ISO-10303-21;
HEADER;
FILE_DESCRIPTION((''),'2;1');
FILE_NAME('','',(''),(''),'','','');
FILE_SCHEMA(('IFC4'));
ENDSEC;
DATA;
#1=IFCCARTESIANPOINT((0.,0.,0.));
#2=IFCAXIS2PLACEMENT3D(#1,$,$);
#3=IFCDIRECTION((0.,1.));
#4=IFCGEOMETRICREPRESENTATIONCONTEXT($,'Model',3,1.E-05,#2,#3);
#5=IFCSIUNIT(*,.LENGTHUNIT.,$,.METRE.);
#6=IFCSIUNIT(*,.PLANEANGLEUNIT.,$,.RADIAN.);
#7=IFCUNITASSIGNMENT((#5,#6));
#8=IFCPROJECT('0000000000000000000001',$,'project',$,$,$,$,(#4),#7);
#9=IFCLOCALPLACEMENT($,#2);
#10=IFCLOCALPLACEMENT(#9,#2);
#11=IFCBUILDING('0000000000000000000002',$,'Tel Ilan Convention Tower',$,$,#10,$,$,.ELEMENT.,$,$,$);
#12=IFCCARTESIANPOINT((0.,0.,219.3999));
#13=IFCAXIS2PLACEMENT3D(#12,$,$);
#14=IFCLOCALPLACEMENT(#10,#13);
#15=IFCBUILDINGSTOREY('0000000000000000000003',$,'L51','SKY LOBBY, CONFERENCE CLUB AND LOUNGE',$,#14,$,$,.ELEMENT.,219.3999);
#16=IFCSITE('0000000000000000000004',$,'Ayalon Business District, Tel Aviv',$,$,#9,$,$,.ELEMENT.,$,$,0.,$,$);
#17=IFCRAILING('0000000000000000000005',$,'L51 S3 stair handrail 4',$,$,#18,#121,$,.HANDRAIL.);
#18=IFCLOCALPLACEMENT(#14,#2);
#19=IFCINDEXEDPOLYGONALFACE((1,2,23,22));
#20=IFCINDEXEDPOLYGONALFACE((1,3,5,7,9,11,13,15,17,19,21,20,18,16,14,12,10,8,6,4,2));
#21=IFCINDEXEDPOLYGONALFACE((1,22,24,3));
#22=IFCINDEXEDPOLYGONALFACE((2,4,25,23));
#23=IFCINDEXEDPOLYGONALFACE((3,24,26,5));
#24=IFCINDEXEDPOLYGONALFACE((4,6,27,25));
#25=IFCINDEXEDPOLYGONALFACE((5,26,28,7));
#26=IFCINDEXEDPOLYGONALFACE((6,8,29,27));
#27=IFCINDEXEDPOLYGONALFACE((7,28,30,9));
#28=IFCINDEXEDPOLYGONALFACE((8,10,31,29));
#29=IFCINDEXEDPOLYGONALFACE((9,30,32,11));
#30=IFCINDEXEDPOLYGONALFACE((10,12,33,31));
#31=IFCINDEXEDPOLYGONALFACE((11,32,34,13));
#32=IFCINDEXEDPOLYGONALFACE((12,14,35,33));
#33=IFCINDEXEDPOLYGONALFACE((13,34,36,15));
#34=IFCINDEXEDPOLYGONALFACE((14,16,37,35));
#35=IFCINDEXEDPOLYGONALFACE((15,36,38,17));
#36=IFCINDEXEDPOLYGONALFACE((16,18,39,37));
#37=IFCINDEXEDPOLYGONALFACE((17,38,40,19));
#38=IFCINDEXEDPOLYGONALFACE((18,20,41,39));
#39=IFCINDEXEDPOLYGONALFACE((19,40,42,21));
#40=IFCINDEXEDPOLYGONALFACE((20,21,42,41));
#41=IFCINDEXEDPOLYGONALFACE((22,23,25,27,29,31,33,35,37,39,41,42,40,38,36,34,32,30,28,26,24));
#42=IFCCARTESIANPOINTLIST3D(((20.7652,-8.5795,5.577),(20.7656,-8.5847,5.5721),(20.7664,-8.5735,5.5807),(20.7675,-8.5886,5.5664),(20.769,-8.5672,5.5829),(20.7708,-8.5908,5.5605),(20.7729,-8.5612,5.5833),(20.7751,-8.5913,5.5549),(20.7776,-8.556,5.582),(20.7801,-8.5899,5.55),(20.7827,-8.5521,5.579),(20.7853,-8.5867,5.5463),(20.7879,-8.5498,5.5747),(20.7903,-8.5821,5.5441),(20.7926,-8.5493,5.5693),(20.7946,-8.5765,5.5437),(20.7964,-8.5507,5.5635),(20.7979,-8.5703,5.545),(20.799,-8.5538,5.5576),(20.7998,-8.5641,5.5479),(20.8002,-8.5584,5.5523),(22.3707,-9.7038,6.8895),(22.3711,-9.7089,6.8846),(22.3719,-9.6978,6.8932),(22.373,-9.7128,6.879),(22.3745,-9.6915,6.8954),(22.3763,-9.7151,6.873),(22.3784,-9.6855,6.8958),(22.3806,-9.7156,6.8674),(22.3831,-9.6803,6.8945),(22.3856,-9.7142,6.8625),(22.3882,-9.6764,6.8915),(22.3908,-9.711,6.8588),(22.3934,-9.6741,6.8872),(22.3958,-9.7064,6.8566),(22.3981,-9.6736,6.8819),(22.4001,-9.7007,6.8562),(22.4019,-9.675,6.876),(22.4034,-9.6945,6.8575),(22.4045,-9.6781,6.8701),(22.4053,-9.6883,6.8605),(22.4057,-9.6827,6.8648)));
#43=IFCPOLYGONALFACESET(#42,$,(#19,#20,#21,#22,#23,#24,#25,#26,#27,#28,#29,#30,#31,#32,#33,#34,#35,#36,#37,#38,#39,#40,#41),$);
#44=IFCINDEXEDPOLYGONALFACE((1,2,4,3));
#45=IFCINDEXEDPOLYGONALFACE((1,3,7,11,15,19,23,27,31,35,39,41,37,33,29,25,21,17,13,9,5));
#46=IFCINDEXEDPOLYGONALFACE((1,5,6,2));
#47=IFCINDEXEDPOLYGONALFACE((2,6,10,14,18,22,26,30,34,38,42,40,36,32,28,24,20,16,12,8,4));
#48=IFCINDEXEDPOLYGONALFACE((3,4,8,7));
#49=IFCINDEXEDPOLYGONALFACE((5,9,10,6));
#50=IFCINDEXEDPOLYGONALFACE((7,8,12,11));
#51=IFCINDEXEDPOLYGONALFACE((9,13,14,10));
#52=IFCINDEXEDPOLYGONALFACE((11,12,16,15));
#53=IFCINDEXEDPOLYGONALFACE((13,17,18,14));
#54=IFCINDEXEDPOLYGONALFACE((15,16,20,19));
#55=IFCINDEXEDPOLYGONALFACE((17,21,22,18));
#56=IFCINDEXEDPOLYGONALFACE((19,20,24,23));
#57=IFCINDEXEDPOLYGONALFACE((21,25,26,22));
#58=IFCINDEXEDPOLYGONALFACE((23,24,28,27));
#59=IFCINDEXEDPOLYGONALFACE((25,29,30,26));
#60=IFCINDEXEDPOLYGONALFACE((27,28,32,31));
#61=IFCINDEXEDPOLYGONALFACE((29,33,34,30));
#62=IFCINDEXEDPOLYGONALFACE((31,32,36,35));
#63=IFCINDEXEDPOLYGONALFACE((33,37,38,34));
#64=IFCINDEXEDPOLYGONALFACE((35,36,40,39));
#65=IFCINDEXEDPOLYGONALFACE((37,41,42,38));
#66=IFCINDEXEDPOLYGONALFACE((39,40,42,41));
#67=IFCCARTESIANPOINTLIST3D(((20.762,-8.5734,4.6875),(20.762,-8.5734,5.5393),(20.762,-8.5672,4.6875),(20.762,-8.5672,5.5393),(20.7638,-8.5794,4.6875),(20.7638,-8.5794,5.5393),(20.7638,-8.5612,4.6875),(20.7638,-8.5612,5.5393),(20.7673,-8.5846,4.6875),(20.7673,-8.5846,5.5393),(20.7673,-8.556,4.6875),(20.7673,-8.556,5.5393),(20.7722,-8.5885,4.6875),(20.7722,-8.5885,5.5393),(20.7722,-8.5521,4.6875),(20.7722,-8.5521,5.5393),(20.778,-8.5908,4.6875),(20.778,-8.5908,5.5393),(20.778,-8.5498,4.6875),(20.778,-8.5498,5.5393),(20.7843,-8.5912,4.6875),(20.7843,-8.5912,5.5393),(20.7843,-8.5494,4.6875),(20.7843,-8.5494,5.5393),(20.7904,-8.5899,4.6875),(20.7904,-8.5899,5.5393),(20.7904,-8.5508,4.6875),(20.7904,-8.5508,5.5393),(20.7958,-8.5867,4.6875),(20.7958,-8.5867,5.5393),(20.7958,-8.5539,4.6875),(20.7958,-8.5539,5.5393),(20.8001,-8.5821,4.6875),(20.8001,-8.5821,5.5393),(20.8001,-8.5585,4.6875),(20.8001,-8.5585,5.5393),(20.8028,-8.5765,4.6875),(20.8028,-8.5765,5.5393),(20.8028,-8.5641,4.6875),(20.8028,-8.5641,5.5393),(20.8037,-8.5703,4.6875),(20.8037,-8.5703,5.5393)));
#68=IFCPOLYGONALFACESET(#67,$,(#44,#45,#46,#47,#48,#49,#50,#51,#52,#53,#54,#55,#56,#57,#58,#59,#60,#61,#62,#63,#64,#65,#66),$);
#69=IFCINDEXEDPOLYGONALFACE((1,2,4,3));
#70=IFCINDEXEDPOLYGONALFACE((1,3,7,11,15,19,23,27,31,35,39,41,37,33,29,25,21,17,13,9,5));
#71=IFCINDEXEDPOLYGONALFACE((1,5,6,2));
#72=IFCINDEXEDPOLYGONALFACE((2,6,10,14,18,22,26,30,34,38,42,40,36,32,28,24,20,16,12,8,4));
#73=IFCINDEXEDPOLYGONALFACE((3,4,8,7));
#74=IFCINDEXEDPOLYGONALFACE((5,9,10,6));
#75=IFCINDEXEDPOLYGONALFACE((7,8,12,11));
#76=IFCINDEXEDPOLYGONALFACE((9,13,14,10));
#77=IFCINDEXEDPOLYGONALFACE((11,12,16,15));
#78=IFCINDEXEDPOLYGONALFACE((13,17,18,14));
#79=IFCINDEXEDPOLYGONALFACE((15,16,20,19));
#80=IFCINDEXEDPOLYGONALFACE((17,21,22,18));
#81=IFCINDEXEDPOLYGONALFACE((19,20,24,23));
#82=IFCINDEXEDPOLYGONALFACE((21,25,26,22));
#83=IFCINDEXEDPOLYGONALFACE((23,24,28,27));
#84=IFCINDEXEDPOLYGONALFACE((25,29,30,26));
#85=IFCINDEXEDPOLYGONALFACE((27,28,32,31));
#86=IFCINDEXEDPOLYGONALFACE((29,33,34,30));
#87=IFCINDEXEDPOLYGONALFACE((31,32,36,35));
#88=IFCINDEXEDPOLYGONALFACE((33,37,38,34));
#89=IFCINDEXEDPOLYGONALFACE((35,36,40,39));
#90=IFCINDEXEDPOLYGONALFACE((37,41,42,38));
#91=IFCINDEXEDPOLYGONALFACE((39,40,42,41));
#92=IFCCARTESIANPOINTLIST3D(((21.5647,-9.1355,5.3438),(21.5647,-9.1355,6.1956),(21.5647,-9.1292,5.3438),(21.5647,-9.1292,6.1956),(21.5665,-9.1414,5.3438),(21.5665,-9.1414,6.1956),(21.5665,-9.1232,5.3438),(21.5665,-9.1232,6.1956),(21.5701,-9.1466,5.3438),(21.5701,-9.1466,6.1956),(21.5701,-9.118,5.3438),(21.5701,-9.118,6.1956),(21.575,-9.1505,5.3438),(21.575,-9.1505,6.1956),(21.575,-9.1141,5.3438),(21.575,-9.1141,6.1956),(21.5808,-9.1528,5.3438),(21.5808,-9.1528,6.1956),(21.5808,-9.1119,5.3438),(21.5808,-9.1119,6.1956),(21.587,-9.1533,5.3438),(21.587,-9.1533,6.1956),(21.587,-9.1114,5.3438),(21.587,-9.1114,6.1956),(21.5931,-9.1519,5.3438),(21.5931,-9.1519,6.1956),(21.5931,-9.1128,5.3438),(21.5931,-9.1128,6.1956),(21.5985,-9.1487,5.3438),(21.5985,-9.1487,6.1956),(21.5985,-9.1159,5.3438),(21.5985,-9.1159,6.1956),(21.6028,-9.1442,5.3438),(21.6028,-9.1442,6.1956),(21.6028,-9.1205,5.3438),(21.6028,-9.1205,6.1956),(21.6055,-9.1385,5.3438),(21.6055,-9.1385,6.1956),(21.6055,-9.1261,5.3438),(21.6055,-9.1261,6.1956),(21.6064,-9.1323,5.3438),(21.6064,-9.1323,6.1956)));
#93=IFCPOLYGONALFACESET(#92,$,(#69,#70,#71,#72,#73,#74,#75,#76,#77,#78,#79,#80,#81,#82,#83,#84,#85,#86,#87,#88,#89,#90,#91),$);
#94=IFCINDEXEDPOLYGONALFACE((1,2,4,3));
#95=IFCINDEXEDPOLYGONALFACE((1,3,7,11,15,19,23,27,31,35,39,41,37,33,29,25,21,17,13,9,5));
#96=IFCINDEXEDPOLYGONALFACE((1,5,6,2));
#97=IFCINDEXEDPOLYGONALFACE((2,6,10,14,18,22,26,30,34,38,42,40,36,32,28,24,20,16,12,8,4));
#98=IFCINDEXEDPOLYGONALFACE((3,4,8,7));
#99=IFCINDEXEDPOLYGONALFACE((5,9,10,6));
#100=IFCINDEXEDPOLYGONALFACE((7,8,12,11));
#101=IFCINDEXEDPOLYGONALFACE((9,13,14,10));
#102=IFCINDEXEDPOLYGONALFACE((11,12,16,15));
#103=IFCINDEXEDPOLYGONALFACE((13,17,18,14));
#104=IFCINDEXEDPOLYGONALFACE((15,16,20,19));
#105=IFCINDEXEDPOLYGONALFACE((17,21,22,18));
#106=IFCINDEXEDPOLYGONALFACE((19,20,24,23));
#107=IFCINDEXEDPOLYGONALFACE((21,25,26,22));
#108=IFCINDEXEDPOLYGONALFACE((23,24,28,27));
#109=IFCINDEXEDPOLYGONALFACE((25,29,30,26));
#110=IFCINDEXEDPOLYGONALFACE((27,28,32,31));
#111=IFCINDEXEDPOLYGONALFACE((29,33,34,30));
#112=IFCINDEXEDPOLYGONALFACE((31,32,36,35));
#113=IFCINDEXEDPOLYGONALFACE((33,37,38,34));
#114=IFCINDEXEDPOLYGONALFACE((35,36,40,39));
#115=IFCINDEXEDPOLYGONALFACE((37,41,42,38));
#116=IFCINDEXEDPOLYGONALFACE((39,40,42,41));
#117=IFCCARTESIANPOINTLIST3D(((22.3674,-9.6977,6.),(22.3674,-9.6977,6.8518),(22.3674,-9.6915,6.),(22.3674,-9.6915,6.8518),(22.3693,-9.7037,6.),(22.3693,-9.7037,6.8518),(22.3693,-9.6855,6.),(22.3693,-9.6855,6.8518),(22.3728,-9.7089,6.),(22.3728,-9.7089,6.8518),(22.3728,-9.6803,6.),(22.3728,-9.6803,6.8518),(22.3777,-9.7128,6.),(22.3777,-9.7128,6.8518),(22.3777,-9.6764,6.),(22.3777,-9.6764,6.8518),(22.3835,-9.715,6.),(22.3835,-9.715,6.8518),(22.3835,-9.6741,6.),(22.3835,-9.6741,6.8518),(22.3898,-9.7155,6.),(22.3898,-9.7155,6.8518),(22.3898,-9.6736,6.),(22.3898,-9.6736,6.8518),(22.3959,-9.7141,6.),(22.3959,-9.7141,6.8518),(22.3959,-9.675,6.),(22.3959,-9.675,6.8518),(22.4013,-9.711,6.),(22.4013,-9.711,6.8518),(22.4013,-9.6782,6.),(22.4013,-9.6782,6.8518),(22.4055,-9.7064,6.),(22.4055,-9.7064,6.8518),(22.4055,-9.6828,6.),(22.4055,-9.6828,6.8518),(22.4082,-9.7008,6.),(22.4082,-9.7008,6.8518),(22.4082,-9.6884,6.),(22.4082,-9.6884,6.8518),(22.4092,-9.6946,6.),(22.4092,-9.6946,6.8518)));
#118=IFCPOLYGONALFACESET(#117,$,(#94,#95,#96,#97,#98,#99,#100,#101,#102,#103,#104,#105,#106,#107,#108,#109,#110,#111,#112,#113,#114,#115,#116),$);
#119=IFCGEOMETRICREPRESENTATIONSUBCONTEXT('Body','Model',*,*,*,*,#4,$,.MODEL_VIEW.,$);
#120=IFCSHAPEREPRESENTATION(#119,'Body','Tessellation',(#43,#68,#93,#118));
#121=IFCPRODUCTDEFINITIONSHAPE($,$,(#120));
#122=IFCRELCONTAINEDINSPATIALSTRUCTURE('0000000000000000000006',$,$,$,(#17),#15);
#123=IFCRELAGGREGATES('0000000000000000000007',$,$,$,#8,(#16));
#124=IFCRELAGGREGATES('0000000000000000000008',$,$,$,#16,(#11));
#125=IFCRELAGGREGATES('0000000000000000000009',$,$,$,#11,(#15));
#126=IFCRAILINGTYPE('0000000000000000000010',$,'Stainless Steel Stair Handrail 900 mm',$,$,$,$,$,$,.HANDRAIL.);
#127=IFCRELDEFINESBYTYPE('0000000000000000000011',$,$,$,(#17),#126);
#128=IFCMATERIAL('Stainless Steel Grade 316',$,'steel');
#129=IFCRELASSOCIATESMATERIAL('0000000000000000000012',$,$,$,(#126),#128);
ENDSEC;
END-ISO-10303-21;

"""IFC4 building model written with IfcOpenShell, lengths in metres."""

from ifc_helpers import new_model, si_unit, direction, frame, origin, origin_2d, place, context, subcontext, project, spatial, circle, extrude, material, type_object, element, save


model = new_model("IFC4")

# Units and contexts
model_context = context("Model", 3, precision=1e-05, world=origin(), true_north=direction((0.0, 1.0)))
body_context = subcontext(model_context, "Body", "Model", "MODEL_VIEW")
ifc_project = project(units=[si_unit("LENGTHUNIT", "METRE"), si_unit("PLANEANGLEUNIT", "RADIAN")], contexts=[model_context])

# Site, building, storey
site_placement = place(None, origin())
site = spatial("IfcSite", under=ifc_project, at=site_placement, Name="Ayalon Business District, Tel Aviv", CompositionType="ELEMENT", RefElevation=0.0)
building_placement = place(site_placement, origin())
building = spatial("IfcBuilding", under=site, at=building_placement, Name="Tel Ilan Convention Tower", CompositionType="ELEMENT")
storey_placement = place(building_placement, frame((0.0, 0.0, 219.3999)))
storey = spatial("IfcBuildingStorey", under=building, at=storey_placement, Name="L51", Description="SKY LOBBY, CONFERENCE CLUB AND LOUNGE", CompositionType="ELEMENT", Elevation=219.3999)

# Railing
ifc_material_1 = material(Name="Stainless Steel Grade 316", Category="steel")
railing_type_1 = type_object("IfcRailingType", Name="Stainless Steel Stair Handrail 900 mm", PredefinedType="HANDRAIL", material=ifc_material_1)
for number, where, name in (
    (1, (20.7827, -8.5703, 4.6875), "L51 S3 stair handrail 4"),
):
    element("IfcRailing", number, at=place(storey_placement, frame(where)), inside=storey, type_object=railing_type_1, Name=name, PredefinedType="HANDRAIL", context=body_context, shape_type="SweptSolid", body=[
        extrude(circle(Radius=0.0239, at=origin_2d()), frame((0.0, 0.0, 0.876), z_axis=(0.680616, -0.476617, 0.556416), x_axis=(0.573613, 0.819127, 0.0)), (0.0, 0.0, 1.0), 2.3589),
        extrude(circle(Radius=0.021, at=origin_2d()), origin(), (0.0, 0.0, 1.0), 0.8518),
        extrude(circle(Radius=0.021, at=origin_2d()), frame((0.8027, -0.562, 0.6562)), (0.0, 0.0, 1.0), 0.8518),
        extrude(circle(Radius=0.021, at=origin_2d()), frame((1.6055, -1.1243, 1.3125)), (0.0, 0.0, 1.0), 0.8518),
    ])

save(model, "model.ifc")
